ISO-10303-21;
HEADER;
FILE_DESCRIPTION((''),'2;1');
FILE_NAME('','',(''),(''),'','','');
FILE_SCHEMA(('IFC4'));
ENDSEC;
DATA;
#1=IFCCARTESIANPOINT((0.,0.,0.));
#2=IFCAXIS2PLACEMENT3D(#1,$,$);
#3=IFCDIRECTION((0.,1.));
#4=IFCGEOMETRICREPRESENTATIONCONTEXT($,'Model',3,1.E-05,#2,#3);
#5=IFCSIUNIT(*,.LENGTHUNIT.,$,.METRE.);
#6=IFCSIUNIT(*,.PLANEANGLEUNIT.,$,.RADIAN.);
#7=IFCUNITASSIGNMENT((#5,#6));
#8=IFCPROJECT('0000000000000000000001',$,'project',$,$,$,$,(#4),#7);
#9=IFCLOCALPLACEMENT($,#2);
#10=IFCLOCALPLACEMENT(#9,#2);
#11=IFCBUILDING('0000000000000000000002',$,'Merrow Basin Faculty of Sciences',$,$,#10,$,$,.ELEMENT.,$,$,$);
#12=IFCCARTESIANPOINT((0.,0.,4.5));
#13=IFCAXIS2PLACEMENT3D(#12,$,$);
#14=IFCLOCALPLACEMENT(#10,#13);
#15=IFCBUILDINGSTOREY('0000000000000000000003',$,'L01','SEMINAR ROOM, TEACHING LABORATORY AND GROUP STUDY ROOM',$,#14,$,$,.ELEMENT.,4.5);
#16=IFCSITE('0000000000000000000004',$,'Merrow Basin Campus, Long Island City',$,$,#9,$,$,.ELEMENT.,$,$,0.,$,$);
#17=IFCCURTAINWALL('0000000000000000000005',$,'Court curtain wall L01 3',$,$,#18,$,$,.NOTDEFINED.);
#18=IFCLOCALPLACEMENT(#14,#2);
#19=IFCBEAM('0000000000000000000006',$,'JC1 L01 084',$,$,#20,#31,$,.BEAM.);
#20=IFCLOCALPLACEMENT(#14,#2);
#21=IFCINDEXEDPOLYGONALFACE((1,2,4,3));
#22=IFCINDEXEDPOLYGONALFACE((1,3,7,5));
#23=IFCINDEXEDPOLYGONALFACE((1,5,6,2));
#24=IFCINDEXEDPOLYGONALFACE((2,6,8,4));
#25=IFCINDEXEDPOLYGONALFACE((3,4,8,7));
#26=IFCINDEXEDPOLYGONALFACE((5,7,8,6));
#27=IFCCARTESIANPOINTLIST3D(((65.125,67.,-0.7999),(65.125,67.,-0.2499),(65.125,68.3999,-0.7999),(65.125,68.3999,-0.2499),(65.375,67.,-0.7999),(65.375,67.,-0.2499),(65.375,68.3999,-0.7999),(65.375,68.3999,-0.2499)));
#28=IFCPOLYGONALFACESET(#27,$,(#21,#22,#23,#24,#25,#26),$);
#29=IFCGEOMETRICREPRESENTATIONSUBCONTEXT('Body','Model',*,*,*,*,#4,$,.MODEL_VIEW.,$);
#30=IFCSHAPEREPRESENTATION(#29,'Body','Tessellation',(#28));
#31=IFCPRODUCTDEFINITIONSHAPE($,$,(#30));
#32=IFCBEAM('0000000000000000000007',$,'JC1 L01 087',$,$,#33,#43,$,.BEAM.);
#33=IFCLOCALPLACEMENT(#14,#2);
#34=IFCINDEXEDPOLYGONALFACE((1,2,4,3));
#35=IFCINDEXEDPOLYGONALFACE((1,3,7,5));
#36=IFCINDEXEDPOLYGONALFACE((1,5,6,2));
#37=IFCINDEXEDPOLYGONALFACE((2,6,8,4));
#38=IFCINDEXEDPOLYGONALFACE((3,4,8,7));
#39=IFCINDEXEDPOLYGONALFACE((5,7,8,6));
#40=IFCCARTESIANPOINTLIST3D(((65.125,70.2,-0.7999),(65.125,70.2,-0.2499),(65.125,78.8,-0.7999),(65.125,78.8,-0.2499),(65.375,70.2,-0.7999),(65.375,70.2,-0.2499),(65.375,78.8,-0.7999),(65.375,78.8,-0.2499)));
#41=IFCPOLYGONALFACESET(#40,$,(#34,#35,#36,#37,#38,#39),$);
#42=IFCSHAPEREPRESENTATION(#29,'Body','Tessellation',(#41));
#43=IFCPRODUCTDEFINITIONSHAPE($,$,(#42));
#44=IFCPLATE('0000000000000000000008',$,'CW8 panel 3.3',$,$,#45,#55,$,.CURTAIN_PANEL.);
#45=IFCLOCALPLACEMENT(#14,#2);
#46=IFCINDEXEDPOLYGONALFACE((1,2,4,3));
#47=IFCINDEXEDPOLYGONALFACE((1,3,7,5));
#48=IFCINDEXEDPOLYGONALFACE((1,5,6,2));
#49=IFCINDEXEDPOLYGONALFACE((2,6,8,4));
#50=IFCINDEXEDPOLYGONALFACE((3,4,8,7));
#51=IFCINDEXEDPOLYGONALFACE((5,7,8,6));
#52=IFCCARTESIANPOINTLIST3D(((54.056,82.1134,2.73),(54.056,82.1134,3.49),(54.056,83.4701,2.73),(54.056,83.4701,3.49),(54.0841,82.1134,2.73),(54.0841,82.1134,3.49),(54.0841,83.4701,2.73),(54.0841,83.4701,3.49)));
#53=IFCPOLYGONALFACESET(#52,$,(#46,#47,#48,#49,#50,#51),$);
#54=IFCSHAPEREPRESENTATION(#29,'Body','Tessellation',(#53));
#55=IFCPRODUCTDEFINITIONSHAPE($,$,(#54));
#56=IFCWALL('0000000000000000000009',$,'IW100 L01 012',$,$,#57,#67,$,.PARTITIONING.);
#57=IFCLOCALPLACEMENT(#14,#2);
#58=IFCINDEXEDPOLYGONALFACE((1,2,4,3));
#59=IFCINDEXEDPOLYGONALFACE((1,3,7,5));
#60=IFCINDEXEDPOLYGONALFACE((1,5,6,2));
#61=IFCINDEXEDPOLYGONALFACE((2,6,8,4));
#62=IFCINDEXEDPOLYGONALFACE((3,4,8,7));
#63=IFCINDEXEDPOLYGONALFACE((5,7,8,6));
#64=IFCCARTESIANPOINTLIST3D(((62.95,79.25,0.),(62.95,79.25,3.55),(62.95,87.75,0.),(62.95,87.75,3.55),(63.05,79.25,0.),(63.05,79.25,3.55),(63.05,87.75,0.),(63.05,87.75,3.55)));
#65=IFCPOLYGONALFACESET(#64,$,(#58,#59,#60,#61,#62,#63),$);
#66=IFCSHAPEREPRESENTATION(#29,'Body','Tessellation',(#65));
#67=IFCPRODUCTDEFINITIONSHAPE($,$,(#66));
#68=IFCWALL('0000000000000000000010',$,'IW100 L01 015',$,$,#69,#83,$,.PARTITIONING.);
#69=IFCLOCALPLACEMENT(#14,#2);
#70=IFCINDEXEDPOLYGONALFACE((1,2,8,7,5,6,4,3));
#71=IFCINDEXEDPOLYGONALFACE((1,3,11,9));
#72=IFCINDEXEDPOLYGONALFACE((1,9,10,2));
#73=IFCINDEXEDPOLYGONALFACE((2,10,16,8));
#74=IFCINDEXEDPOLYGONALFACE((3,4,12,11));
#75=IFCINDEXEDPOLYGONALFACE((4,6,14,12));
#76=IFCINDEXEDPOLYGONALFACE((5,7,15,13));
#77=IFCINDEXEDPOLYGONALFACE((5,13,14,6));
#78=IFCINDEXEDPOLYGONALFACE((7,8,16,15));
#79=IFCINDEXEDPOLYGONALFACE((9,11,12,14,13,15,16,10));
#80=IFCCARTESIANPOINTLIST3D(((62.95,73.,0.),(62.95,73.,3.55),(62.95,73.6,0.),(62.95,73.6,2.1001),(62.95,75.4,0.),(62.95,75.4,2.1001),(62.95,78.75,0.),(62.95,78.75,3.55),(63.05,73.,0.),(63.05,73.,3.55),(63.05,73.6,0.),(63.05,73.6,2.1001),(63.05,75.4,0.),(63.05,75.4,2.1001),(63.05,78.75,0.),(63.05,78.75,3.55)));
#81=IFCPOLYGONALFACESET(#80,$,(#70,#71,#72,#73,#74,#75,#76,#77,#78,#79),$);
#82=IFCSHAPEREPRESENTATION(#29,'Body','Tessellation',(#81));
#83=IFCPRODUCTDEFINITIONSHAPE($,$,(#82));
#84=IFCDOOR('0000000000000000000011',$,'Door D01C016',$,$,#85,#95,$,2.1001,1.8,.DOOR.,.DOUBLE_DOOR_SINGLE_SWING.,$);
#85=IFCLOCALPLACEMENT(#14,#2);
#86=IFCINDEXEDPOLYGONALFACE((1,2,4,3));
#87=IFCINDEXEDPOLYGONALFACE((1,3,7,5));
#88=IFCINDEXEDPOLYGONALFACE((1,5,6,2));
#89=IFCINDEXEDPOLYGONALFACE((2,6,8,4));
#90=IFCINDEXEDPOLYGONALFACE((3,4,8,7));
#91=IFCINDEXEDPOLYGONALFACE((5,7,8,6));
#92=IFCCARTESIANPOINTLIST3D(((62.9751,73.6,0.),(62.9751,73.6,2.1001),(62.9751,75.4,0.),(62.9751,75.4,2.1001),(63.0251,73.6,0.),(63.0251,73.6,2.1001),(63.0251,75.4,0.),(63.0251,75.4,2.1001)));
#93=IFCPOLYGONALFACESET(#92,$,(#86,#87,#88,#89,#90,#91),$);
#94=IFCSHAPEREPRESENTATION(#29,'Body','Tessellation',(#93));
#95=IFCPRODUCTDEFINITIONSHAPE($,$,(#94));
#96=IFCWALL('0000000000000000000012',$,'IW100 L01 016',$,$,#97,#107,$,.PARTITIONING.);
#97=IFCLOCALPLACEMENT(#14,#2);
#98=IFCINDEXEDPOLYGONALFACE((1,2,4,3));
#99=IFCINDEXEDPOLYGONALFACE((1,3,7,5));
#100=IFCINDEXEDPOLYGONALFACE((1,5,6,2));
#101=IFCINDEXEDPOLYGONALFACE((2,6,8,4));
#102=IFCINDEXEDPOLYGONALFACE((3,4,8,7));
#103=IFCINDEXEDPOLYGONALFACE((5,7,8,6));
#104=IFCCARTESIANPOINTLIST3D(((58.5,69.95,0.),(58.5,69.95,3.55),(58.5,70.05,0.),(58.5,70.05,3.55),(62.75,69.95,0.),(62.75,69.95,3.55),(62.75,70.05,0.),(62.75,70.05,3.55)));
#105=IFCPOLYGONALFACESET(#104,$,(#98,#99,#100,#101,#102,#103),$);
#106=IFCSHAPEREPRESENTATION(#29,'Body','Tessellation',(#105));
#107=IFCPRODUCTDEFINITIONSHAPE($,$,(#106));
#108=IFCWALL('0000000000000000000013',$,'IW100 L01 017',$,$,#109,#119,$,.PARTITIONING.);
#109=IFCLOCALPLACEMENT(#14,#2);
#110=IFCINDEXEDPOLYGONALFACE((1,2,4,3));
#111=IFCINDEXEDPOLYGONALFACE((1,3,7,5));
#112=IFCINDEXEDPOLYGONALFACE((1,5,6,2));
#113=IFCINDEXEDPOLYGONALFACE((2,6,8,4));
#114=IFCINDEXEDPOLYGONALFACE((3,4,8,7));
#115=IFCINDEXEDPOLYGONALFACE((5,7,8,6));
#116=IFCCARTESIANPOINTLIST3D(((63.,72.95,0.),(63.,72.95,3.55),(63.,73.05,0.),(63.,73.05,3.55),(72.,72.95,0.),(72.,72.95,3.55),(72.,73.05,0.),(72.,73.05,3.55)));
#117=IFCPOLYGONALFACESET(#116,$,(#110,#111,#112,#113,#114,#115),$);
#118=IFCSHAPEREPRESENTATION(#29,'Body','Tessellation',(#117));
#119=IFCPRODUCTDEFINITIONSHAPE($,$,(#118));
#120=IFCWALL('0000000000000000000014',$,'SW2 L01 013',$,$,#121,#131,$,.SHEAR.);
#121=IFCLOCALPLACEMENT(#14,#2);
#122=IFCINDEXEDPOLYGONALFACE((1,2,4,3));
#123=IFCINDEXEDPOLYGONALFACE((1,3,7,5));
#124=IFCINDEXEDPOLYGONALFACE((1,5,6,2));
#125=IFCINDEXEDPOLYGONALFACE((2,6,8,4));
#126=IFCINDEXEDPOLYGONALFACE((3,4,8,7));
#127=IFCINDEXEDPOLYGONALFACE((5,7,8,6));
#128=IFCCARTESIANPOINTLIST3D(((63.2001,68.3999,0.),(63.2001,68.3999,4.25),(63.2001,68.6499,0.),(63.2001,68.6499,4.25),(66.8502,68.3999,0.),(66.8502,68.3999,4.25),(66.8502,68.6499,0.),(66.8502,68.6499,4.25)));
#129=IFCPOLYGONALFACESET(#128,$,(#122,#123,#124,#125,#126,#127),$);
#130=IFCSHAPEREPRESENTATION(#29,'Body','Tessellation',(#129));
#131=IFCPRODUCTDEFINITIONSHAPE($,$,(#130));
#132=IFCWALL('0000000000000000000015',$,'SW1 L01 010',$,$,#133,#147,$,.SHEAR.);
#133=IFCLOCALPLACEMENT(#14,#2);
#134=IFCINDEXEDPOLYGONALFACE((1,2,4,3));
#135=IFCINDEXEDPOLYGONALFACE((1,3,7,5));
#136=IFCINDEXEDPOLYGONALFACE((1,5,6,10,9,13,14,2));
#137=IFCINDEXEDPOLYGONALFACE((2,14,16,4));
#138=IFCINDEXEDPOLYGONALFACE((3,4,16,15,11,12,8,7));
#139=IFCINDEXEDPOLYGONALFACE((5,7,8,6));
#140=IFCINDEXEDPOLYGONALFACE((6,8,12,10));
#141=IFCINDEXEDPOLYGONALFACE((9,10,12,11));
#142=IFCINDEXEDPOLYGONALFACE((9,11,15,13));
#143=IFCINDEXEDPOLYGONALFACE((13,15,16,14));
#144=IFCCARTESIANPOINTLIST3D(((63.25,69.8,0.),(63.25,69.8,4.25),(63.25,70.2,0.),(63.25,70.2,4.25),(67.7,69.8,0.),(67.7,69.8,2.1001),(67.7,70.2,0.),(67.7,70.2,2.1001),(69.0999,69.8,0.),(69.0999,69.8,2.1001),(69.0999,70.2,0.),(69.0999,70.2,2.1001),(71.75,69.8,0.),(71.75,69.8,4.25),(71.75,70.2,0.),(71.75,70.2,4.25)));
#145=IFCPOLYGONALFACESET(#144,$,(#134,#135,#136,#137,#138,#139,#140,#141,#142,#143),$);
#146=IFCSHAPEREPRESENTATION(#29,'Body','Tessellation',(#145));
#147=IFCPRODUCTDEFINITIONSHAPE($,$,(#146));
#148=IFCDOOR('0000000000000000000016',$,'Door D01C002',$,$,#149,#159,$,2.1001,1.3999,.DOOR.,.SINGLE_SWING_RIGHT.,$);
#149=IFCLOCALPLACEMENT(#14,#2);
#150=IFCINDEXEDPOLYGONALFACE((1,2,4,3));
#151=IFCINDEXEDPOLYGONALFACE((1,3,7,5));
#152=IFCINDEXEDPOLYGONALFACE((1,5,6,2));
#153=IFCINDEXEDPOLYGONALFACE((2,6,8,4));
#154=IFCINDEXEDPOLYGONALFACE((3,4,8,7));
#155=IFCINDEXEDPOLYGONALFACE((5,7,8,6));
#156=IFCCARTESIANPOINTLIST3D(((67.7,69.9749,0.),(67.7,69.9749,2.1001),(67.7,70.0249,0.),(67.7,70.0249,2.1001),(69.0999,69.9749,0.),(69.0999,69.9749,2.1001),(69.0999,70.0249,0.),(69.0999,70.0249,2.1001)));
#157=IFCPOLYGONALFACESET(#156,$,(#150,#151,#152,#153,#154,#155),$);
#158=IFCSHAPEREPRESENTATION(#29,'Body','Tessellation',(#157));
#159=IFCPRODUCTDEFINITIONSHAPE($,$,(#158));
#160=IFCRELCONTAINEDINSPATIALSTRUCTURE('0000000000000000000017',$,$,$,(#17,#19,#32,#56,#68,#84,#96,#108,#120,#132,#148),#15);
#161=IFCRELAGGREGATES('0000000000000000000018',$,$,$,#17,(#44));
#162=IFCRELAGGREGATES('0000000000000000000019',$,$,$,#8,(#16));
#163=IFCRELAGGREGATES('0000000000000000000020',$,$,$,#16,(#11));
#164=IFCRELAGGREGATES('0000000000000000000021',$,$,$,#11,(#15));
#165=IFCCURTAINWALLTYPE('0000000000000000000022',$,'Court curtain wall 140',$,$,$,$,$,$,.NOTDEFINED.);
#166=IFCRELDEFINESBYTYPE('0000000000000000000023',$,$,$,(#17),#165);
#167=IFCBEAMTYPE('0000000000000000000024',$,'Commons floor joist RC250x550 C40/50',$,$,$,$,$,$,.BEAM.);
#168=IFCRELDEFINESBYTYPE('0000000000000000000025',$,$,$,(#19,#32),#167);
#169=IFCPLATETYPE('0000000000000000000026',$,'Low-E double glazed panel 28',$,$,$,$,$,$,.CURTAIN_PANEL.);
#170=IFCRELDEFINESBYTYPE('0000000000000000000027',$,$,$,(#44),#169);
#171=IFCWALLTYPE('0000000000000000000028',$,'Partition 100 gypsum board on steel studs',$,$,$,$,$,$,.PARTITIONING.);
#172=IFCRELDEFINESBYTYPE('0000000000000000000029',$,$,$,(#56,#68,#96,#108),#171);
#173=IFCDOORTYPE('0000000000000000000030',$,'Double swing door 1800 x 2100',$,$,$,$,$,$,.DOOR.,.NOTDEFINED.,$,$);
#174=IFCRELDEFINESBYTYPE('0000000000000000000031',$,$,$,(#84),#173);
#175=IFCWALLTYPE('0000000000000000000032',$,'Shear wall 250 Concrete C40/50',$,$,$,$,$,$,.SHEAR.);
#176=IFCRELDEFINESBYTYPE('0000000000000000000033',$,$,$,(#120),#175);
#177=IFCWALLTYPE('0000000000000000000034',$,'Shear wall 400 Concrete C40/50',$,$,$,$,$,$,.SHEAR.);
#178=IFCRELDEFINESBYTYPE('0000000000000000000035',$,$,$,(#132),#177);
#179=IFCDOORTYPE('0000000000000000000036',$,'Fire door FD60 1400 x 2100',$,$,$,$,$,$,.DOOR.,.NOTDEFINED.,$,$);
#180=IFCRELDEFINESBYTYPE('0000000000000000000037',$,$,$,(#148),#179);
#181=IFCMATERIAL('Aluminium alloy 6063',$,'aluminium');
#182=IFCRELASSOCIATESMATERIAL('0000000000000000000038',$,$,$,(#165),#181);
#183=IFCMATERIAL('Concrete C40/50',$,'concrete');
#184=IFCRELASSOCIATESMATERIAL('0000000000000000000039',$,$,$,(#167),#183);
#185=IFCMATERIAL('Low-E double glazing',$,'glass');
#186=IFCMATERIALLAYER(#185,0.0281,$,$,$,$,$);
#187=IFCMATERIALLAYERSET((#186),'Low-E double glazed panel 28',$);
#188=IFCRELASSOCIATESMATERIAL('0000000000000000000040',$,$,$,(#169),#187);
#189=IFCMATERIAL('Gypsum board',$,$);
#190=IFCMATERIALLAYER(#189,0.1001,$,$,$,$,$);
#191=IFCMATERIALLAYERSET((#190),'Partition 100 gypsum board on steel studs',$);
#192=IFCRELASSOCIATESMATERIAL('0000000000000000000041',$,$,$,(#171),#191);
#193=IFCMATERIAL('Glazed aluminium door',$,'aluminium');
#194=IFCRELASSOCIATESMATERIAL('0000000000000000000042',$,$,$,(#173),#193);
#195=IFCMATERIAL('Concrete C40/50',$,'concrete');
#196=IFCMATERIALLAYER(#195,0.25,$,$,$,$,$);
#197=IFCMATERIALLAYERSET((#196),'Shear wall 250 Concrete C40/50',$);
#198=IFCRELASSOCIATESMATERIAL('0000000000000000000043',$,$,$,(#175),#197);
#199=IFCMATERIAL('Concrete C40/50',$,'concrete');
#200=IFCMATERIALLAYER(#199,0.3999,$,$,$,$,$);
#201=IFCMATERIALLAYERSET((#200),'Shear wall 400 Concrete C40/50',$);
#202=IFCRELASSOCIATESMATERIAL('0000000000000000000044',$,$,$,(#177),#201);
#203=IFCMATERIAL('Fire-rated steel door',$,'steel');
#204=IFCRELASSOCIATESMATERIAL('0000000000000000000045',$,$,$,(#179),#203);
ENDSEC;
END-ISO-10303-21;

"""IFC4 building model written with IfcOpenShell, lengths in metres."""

from ifc_helpers import new_model, si_unit, direction, frame, frame_2d, origin, origin_2d, place, context, subcontext, project, spatial, rectangle, extrude, material, layer, layer_set, material_profile, profile_set, type_object, element, fill, aggregate, save


model = new_model("IFC4")

# Units and contexts
model_context = context("Model", 3, precision=1e-05, world=origin(), true_north=direction((0.0, 1.0)))
body_context = subcontext(model_context, "Body", "Model", "MODEL_VIEW")
ifc_project = project(units=[si_unit("LENGTHUNIT", "METRE"), si_unit("PLANEANGLEUNIT", "RADIAN")], contexts=[model_context])

# Site, building, storey
site_placement = place(None, origin())
site = spatial("IfcSite", under=ifc_project, at=site_placement, Name="Merrow Basin Campus, Long Island City", CompositionType="ELEMENT", RefElevation=0.0)
building_placement = place(site_placement, origin())
building = spatial("IfcBuilding", under=site, at=building_placement, Name="Merrow Basin Faculty of Sciences", CompositionType="ELEMENT")
storey_placement = place(building_placement, frame((0.0, 0.0, 4.5)))
storey = spatial("IfcBuildingStorey", under=building, at=storey_placement, Name="L01", Description="SEMINAR ROOM, TEACHING LABORATORY AND GROUP STUDY ROOM", CompositionType="ELEMENT", Elevation=4.5)

# Curtain wall
ifc_material_1 = material(Name="Aluminium alloy 6063", Category="aluminium")
curtain_wall_type = type_object("IfcCurtainWallType", Name="Court curtain wall 140", PredefinedType="NOTDEFINED", material=ifc_material_1)
curtain_wall_placement = place(storey_placement, origin())
curtain_wall = element("IfcCurtainWall", 1, at=curtain_wall_placement, inside=storey, type_object=curtain_wall_type, Name="Court curtain wall L01 3", PredefinedType="NOTDEFINED")

# Beams
ifc_material_2 = material(Name="Concrete C40/50", Category="concrete")
ifc_material_profile_1 = material_profile(ifc_material_2, rectangle(XDim=0.25, YDim=0.55, at=origin_2d()))
ifc_profile_set_1 = profile_set([ifc_material_profile_1], Name="Concrete C40/50")
beam_type_1 = type_object("IfcBeamType", Name="Commons floor joist RC250x550 C40/50", PredefinedType="BEAM", material=ifc_profile_set_1)
beam_1_placement = place(storey_placement, frame((65.25, 67.0, -0.5249), z_axis=(0.0, 1.0, 0.0), x_axis=(-1.0, 0.0, 0.0)))
element("IfcBeam", 2, at=beam_1_placement, inside=storey, type_object=beam_type_1, Name="JC1 L01 084", PredefinedType="BEAM", context=body_context, shape_type="SweptSolid", body=[
    extrude(rectangle(XDim=0.25, YDim=0.55, at=origin_2d()), origin(), (0.0, 0.0, 1.0), 1.3999),
])
beam_2_placement = place(storey_placement, frame((65.25, 70.2, -0.5249), z_axis=(0.0, 1.0, 0.0), x_axis=(-1.0, 0.0, 0.0)))
element("IfcBeam", 3, at=beam_2_placement, inside=storey, type_object=beam_type_1, Name="JC1 L01 087", PredefinedType="BEAM", context=body_context, shape_type="SweptSolid", body=[
    extrude(rectangle(XDim=0.25, YDim=0.55, at=origin_2d()), origin(), (0.0, 0.0, 1.0), 8.6001),
])

# Plate
ifc_material_3 = material(Name="Low-E double glazing", Category="glass")
ifc_layer_1 = layer(ifc_material_3, 0.0281)
ifc_layer_set_1 = layer_set([ifc_layer_1], Name="Low-E double glazed panel 28")
plate_type = type_object("IfcPlateType", Name="Low-E double glazed panel 28", PredefinedType="CURTAIN_PANEL", material=ifc_layer_set_1)
plate_placement = place(storey_placement, frame((54.0701, 82.7917, 2.73), z_axis=(0.0, 0.0, 1.0), x_axis=(0.0, 1.0, 0.0)))
plate = element("IfcPlate", 4, at=plate_placement, type_object=plate_type, Name="CW8 panel 3.3", PredefinedType="CURTAIN_PANEL", context=body_context, shape_type="SweptSolid", body=[
    extrude(rectangle(XDim=1.3567, YDim=0.0281, at=origin_2d()), origin(), (0.0, 0.0, 1.0), 0.76),
])
aggregate(curtain_wall, [plate])

# Wall
ifc_material_4 = material(Name="Gypsum board")
ifc_layer_2 = layer(ifc_material_4, 0.1001)
ifc_layer_set_2 = layer_set([ifc_layer_2], Name="Partition 100 gypsum board on steel studs")
wall_type_1 = type_object("IfcWallType", Name="Partition 100 gypsum board on steel studs", PredefinedType="PARTITIONING", material=ifc_layer_set_2)
wall_1_placement = place(storey_placement, frame((63.0, 79.25, 0.0), z_axis=(0.0, 0.0, 1.0), x_axis=(0.0, 1.0, 0.0)))
element("IfcWall", 5, at=wall_1_placement, inside=storey, type_object=wall_type_1, Name="IW100 L01 012", PredefinedType="PARTITIONING", context=body_context, shape_type="SweptSolid", body=[
    extrude(rectangle(XDim=8.5, YDim=0.1001, at=frame_2d((4.25, 0.0))), origin(), (0.0, 0.0, 1.0), 3.55),
])

# Wall, opening, door
wall_2_placement = place(storey_placement, frame((63.0, 73.0, 0.0), z_axis=(0.0, 0.0, 1.0), x_axis=(0.0, 1.0, 0.0)))
wall_2 = element("IfcWall", 6, at=wall_2_placement, inside=storey, type_object=wall_type_1, Name="IW100 L01 015", PredefinedType="PARTITIONING", context=body_context, shape_type="SweptSolid", body=[
    extrude(rectangle(XDim=5.75, YDim=0.1001, at=frame_2d((2.875, 0.0))), origin(), (0.0, 0.0, 1.0), 3.55),
])
opening_1_placement = place(wall_2_placement, frame((0.6001, 0.0, 0.0)))
opening_1 = element("IfcOpeningElement", 7, at=opening_1_placement, cuts=wall_2, PredefinedType="OPENING", context=body_context, shape_type="SweptSolid", body=[
    extrude(rectangle(XDim=1.8, YDim=2.1001, at=frame_2d((0.8999, 1.05))), frame((0.0, 0.0601, 0.0), z_axis=(0.0, -1.0, 0.0), x_axis=(1.0, 0.0, 0.0)), (0.0, 0.0, 1.0), 0.1201),
])
ifc_material_5 = material(Name="Glazed aluminium door", Category="aluminium")
door_type_1 = type_object("IfcDoorType", Name="Double swing door 1800 x 2100", OperationType="NOTDEFINED", PredefinedType="DOOR", material=ifc_material_5)
door_1_placement = place(opening_1_placement, origin())
door_1 = element("IfcDoor", 8, at=door_1_placement, inside=storey, type_object=door_type_1, Name="Door D01C016", OperationType="DOUBLE_DOOR_SINGLE_SWING", OverallHeight=2.1001, OverallWidth=1.8, PredefinedType="DOOR", context=body_context, shape_type="SweptSolid", body=[
    extrude(rectangle(XDim=1.8, YDim=2.1001, at=frame_2d((0.8999, 1.05))), frame((0.0, 0.0249, 0.0), z_axis=(0.0, -1.0, 0.0), x_axis=(1.0, 0.0, 0.0)), (0.0, 0.0, 1.0), 0.05),
])
fill(opening_1, door_1)

# Walls
wall_3_placement = place(storey_placement, frame((58.5, 70.0, 0.0), z_axis=(0.0, 0.0, 1.0), x_axis=(1.0, 0.0, 0.0)))
element("IfcWall", 9, at=wall_3_placement, inside=storey, type_object=wall_type_1, Name="IW100 L01 016", PredefinedType="PARTITIONING", context=body_context, shape_type="SweptSolid", body=[
    extrude(rectangle(XDim=4.25, YDim=0.1001, at=frame_2d((2.125, 0.0))), origin(), (0.0, 0.0, 1.0), 3.55),
])
wall_4_placement = place(storey_placement, frame((63.0, 73.0, 0.0), z_axis=(0.0, 0.0, 1.0), x_axis=(1.0, 0.0, 0.0)))
element("IfcWall", 10, at=wall_4_placement, inside=storey, type_object=wall_type_1, Name="IW100 L01 017", PredefinedType="PARTITIONING", context=body_context, shape_type="SweptSolid", body=[
    extrude(rectangle(XDim=9.0, YDim=0.1001, at=frame_2d((4.5, 0.0))), origin(), (0.0, 0.0, 1.0), 3.55),
])
ifc_material_6 = material(Name="Concrete C40/50", Category="concrete")
ifc_layer_3 = layer(ifc_material_6, 0.25)
ifc_layer_set_3 = layer_set([ifc_layer_3], Name="Shear wall 250 Concrete C40/50")
wall_type_2 = type_object("IfcWallType", Name="Shear wall 250 Concrete C40/50", PredefinedType="SHEAR", material=ifc_layer_set_3)
wall_5_placement = place(storey_placement, frame((63.2, 68.5249, 0.0), z_axis=(0.0, 0.0, 1.0), x_axis=(1.0, 0.0, 0.0)))
element("IfcWall", 11, at=wall_5_placement, inside=storey, type_object=wall_type_2, Name="SW2 L01 013", PredefinedType="SHEAR", context=body_context, shape_type="SweptSolid", body=[
    extrude(rectangle(XDim=3.6501, YDim=0.25, at=frame_2d((1.8252, 0.0))), origin(), (0.0, 0.0, 1.0), 4.25),
])

# Wall, opening, door
ifc_material_7 = material(Name="Concrete C40/50", Category="concrete")
ifc_layer_4 = layer(ifc_material_7, 0.3999)
ifc_layer_set_4 = layer_set([ifc_layer_4], Name="Shear wall 400 Concrete C40/50")
wall_type_3 = type_object("IfcWallType", Name="Shear wall 400 Concrete C40/50", PredefinedType="SHEAR", material=ifc_layer_set_4)
wall_6_placement = place(storey_placement, frame((63.25, 70.0, 0.0), z_axis=(0.0, 0.0, 1.0), x_axis=(1.0, 0.0, 0.0)))
wall_6 = element("IfcWall", 12, at=wall_6_placement, inside=storey, type_object=wall_type_3, Name="SW1 L01 010", PredefinedType="SHEAR", context=body_context, shape_type="SweptSolid", body=[
    extrude(rectangle(XDim=8.5, YDim=0.3999, at=frame_2d((4.25, 0.0))), origin(), (0.0, 0.0, 1.0), 4.25),
])
opening_2_placement = place(wall_6_placement, frame((4.45, 0.0, 0.0)))
opening_2 = element("IfcOpeningElement", 13, at=opening_2_placement, cuts=wall_6, PredefinedType="OPENING", context=body_context, shape_type="SweptSolid", body=[
    extrude(rectangle(XDim=1.3999, YDim=2.1001, at=frame_2d((0.7, 1.05))), frame((0.0, 0.21, 0.0), z_axis=(0.0, -1.0, 0.0), x_axis=(1.0, 0.0, 0.0)), (0.0, 0.0, 1.0), 0.4199),
])
ifc_material_8 = material(Name="Fire-rated steel door", Category="steel")
door_type_2 = type_object("IfcDoorType", Name="Fire door FD60 1400 x 2100", OperationType="NOTDEFINED", PredefinedType="DOOR", material=ifc_material_8)
door_2_placement = place(opening_2_placement, origin())
door_2 = element("IfcDoor", 14, at=door_2_placement, inside=storey, type_object=door_type_2, Name="Door D01C002", OperationType="SINGLE_SWING_RIGHT", OverallHeight=2.1001, OverallWidth=1.3999, PredefinedType="DOOR", context=body_context, shape_type="SweptSolid", body=[
    extrude(rectangle(XDim=1.3999, YDim=2.1001, at=frame_2d((0.7, 1.05))), frame((0.0, 0.0249, 0.0), z_axis=(0.0, -1.0, 0.0), x_axis=(1.0, 0.0, 0.0)), (0.0, 0.0, 1.0), 0.05),
])
fill(opening_2, door_2)

save(model, "model.ifc")
